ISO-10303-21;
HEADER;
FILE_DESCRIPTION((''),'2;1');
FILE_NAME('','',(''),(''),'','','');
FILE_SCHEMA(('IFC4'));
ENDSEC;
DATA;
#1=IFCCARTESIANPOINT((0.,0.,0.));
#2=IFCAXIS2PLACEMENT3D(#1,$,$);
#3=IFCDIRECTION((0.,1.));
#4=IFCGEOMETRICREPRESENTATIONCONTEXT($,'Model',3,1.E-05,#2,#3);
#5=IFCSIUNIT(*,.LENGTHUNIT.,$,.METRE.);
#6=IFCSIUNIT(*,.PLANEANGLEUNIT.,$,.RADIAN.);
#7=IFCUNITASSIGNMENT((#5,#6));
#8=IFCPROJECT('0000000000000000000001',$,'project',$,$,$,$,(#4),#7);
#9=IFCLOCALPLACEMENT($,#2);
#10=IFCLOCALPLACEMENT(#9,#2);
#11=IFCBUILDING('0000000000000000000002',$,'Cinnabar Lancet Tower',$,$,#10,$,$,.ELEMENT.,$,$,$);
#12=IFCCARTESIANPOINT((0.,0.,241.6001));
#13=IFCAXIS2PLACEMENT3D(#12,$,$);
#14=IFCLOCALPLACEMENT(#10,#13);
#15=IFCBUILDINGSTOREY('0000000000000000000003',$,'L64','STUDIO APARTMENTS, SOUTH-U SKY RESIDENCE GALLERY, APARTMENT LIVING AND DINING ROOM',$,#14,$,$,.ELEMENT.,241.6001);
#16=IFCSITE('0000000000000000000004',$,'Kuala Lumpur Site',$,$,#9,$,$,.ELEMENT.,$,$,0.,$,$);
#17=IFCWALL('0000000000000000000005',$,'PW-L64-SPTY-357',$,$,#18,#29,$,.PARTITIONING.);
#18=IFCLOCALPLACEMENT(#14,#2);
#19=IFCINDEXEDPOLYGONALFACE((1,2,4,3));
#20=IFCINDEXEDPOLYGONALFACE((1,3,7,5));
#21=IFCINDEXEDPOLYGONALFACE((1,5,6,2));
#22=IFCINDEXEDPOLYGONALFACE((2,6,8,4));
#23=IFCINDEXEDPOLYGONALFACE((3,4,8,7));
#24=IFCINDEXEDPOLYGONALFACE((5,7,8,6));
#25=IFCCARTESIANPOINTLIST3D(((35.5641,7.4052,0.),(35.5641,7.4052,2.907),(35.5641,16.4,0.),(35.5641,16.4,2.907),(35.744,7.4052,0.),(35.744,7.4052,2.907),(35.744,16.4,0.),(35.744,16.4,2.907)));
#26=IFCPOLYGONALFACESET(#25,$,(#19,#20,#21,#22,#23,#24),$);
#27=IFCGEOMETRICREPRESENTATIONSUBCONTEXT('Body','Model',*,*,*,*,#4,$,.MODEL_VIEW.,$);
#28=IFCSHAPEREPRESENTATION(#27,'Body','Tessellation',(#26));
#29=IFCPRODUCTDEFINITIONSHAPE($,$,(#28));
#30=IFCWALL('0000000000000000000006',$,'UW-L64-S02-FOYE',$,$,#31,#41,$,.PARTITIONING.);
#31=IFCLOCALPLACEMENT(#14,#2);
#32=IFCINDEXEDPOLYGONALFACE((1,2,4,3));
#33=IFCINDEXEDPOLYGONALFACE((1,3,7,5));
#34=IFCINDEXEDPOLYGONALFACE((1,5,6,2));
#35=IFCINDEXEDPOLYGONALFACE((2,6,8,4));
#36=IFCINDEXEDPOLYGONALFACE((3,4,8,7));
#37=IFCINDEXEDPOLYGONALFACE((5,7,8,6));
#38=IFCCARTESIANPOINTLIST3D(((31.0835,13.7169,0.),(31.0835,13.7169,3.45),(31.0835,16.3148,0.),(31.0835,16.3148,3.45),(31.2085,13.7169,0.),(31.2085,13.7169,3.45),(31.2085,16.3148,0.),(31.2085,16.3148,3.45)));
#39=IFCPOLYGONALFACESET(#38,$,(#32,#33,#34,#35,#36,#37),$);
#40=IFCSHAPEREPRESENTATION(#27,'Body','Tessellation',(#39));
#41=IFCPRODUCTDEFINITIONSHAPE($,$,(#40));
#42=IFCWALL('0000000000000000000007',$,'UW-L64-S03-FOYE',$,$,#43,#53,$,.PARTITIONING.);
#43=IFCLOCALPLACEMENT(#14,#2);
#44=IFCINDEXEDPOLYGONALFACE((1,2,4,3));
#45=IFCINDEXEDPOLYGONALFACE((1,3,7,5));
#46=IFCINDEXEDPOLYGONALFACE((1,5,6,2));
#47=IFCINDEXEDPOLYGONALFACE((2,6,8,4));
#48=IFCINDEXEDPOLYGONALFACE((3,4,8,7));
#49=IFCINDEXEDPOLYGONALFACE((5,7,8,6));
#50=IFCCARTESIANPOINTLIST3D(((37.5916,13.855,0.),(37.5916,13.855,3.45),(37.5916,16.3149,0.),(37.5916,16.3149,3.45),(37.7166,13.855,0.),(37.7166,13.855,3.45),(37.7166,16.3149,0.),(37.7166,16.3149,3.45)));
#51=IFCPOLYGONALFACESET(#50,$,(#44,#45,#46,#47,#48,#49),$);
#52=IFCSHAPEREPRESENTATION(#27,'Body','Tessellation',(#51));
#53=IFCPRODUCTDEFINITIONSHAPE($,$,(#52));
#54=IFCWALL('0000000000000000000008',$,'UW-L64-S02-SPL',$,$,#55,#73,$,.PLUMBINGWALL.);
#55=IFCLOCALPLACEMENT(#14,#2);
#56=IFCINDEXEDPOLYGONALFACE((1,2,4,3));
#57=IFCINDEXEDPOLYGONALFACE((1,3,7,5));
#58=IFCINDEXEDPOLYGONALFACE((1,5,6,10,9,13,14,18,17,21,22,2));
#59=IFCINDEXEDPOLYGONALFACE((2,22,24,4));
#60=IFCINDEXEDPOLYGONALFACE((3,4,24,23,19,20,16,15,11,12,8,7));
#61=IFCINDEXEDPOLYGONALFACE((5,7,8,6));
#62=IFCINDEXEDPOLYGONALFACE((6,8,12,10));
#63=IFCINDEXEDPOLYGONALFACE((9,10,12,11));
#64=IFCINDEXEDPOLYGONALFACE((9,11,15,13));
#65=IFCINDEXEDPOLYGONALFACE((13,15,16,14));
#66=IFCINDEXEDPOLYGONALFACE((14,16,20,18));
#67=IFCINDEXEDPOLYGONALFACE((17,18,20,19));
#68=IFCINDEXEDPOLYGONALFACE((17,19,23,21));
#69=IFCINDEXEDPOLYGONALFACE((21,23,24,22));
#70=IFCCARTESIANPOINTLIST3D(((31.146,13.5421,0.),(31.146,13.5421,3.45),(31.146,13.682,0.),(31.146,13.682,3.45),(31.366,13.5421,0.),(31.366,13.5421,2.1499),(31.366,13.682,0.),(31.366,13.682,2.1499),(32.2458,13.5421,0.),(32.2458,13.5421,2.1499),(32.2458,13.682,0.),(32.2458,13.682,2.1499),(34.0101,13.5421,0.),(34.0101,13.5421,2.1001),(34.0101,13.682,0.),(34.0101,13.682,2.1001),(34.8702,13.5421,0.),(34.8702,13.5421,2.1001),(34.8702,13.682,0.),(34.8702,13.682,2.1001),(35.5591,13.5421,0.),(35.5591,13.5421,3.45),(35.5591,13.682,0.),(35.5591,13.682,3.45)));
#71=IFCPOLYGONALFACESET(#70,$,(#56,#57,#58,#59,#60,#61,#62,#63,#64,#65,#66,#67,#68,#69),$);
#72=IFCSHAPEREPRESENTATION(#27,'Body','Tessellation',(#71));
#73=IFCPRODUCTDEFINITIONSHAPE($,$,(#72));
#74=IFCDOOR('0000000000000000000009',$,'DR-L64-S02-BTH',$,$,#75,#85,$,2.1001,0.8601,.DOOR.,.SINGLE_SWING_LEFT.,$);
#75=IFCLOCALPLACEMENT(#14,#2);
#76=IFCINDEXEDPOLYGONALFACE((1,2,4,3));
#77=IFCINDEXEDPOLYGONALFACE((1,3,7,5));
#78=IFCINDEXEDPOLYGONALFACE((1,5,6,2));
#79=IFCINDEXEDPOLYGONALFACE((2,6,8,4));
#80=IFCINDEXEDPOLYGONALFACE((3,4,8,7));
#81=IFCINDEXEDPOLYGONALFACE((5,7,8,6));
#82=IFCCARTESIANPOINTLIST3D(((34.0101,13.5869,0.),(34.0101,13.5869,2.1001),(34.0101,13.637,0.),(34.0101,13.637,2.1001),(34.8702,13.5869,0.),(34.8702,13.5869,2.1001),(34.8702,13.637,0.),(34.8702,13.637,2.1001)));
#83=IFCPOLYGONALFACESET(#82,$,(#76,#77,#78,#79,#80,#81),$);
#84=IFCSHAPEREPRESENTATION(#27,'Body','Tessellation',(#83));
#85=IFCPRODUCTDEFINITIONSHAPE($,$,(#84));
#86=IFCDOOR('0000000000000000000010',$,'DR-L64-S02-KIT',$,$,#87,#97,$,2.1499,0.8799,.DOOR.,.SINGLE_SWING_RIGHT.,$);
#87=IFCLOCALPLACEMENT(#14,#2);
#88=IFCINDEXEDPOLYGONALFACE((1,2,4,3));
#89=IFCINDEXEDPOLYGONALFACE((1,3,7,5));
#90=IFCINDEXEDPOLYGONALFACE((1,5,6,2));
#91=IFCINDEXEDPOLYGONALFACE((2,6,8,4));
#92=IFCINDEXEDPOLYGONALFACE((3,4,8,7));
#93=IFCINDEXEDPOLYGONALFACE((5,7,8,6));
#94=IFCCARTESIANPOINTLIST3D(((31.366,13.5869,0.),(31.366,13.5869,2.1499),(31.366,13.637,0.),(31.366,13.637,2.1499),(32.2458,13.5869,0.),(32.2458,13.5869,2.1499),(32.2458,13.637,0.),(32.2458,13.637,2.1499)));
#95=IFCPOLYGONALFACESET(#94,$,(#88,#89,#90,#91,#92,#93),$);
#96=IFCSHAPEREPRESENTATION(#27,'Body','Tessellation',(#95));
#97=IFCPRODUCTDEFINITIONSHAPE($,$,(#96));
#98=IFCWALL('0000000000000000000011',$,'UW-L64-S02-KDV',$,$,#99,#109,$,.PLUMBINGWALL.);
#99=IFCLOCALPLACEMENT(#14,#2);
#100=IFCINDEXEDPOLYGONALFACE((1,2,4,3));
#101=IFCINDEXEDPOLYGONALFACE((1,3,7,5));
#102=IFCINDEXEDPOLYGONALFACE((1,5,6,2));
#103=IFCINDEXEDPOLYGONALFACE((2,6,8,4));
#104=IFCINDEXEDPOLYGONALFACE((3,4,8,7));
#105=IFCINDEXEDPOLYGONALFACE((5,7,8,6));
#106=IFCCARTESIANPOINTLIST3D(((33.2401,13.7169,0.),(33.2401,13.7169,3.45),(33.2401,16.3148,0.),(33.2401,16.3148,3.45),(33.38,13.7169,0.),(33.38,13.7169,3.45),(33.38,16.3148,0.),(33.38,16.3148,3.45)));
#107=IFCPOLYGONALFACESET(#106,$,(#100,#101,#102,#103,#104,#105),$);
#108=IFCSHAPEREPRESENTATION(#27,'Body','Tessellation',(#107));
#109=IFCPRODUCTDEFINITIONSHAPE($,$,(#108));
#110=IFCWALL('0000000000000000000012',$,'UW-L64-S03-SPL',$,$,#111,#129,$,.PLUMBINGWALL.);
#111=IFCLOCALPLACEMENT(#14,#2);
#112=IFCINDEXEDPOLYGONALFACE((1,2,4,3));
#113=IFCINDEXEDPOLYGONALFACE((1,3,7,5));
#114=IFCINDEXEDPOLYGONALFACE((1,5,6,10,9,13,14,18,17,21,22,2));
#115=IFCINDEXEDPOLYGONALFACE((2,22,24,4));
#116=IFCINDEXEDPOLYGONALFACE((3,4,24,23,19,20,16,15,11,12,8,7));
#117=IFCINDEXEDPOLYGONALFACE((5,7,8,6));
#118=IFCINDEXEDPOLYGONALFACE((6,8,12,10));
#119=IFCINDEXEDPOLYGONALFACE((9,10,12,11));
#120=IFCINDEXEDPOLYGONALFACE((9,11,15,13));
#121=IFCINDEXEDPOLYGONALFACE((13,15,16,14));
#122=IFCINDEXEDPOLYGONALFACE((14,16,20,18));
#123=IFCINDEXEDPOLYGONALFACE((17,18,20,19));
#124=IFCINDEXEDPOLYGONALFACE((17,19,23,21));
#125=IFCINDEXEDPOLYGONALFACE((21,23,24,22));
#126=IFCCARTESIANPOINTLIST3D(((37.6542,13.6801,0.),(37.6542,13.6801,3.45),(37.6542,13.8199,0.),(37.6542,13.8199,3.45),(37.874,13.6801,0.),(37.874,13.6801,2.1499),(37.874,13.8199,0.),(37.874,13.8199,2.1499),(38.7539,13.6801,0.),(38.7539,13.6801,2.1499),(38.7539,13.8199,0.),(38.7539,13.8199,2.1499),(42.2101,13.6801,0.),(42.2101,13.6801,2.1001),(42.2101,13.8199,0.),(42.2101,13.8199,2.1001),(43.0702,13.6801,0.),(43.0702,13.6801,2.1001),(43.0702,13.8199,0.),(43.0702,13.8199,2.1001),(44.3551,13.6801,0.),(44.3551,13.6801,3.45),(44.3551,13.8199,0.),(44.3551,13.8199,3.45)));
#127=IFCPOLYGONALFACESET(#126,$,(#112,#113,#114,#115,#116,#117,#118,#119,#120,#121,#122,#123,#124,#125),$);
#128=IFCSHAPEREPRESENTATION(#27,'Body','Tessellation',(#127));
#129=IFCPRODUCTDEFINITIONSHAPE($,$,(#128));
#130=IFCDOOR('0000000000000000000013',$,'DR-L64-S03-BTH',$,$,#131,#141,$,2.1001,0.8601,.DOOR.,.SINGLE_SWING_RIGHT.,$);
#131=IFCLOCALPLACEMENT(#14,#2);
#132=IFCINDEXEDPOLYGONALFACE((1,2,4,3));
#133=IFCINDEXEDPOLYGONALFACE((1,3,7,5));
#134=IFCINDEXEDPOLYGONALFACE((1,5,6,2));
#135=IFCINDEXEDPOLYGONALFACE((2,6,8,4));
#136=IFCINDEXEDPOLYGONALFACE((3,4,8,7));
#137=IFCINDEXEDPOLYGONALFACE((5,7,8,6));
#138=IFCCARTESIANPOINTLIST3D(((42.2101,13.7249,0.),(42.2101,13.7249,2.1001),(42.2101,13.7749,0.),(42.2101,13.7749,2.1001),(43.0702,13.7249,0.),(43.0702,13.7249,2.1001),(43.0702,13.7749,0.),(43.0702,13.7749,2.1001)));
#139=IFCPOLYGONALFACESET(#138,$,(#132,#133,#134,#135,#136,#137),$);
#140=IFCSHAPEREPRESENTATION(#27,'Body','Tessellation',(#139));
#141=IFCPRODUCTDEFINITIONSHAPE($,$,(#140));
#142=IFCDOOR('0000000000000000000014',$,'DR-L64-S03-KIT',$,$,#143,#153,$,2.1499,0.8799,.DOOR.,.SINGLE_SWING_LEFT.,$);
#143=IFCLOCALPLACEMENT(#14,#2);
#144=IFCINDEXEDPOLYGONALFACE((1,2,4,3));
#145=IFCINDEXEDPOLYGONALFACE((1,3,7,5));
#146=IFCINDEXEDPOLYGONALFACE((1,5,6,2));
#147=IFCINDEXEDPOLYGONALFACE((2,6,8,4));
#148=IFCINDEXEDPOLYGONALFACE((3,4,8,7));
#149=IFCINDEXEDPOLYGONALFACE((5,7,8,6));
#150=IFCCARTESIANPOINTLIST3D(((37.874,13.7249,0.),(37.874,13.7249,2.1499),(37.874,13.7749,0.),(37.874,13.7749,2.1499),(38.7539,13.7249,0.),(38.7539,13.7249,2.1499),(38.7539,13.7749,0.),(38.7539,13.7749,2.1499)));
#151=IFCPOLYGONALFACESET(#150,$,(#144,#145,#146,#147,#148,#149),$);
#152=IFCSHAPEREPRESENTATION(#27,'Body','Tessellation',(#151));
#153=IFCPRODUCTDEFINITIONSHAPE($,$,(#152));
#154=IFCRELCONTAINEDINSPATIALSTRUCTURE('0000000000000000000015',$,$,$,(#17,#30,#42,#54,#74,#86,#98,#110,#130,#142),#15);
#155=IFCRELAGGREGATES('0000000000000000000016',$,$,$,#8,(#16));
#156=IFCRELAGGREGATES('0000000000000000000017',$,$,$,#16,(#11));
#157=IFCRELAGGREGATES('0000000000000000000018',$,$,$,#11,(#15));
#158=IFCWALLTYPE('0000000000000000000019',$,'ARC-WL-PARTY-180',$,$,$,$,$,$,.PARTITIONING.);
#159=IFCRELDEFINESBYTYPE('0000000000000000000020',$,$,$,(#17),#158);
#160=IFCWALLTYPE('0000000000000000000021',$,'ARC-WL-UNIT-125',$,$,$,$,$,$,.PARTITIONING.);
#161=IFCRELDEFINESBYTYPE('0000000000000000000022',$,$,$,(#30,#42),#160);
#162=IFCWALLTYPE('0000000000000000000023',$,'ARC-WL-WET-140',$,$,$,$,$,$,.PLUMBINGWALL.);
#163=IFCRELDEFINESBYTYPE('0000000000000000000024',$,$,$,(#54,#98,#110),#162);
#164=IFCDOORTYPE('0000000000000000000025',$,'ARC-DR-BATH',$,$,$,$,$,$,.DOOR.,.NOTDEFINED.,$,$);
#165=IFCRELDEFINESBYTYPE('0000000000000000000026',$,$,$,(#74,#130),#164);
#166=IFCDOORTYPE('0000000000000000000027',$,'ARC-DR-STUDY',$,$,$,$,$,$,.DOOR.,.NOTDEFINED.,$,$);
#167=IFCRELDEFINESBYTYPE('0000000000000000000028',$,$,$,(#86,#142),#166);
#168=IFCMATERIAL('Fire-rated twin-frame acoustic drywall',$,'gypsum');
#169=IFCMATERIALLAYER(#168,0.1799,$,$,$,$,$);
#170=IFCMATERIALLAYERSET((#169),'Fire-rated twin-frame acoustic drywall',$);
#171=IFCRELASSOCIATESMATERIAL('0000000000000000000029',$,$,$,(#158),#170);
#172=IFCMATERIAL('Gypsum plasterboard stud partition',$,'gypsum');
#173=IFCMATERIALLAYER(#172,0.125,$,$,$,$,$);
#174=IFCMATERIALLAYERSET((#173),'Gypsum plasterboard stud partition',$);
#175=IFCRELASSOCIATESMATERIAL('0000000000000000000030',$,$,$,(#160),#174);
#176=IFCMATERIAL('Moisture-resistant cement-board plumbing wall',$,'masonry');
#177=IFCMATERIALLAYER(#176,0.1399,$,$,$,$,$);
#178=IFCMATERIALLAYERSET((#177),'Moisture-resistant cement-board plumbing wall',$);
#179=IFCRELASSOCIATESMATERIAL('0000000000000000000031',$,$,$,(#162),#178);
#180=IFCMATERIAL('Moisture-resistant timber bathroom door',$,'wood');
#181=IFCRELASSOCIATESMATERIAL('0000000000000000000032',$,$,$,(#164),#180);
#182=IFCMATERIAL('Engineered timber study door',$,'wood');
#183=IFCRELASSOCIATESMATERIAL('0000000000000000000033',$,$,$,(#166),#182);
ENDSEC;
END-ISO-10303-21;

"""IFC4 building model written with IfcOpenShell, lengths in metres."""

from ifc_helpers import new_model, si_unit, direction, frame, frame_2d, origin, place, context, subcontext, project, spatial, rectangle, extrude, material, layer, layer_set, type_object, element, fill, save


model = new_model("IFC4")

# Units and contexts
model_context = context("Model", 3, precision=1e-05, world=origin(), true_north=direction((0.0, 1.0)))
body_context = subcontext(model_context, "Body", "Model", "MODEL_VIEW")
ifc_project = project(units=[si_unit("LENGTHUNIT", "METRE"), si_unit("PLANEANGLEUNIT", "RADIAN")], contexts=[model_context])

# Site, building, storey
site_placement = place(None, origin())
site = spatial("IfcSite", under=ifc_project, at=site_placement, Name="Kuala Lumpur Site", CompositionType="ELEMENT", RefElevation=0.0)
building_placement = place(site_placement, origin())
building = spatial("IfcBuilding", under=site, at=building_placement, Name="Cinnabar Lancet Tower", CompositionType="ELEMENT")
storey_placement = place(building_placement, frame((0.0, 0.0, 241.6001)))
storey = spatial("IfcBuildingStorey", under=building, at=storey_placement, Name="L64", Description="STUDIO APARTMENTS, SOUTH-U SKY RESIDENCE GALLERY, APARTMENT LIVING AND DINING ROOM", CompositionType="ELEMENT", Elevation=241.6001)

# Walls
ifc_material_1 = material(Name="Fire-rated twin-frame acoustic drywall", Category="gypsum")
ifc_layer_1 = layer(ifc_material_1, 0.1799)
ifc_layer_set_1 = layer_set([ifc_layer_1], Name="Fire-rated twin-frame acoustic drywall")
wall_type_1 = type_object("IfcWallType", Name="ARC-WL-PARTY-180", PredefinedType="PARTITIONING", material=ifc_layer_set_1)
wall_1_placement = place(storey_placement, frame((35.6541, 7.405, 0.0), z_axis=(0.0, 0.0, 1.0), x_axis=(0.0, 1.0, 0.0)))
element("IfcWall", 1, at=wall_1_placement, inside=storey, type_object=wall_type_1, Name="PW-L64-SPTY-357", PredefinedType="PARTITIONING", context=body_context, shape_type="SweptSolid", body=[
    extrude(rectangle(XDim=8.9949, YDim=0.1799, at=frame_2d((4.4976, 0.0))), origin(), (0.0, 0.0, 1.0), 2.907),
])
ifc_material_2 = material(Name="Gypsum plasterboard stud partition", Category="gypsum")
ifc_layer_2 = layer(ifc_material_2, 0.125)
ifc_layer_set_2 = layer_set([ifc_layer_2], Name="Gypsum plasterboard stud partition")
wall_type_2 = type_object("IfcWallType", Name="ARC-WL-UNIT-125", PredefinedType="PARTITIONING", material=ifc_layer_set_2)
wall_2_placement = place(storey_placement, frame((31.146, 13.717, 0.0), z_axis=(0.0, 0.0, 1.0), x_axis=(0.0, 1.0, 0.0)))
element("IfcWall", 2, at=wall_2_placement, inside=storey, type_object=wall_type_2, Name="UW-L64-S02-FOYE", PredefinedType="PARTITIONING", context=body_context, shape_type="SweptSolid", body=[
    extrude(rectangle(XDim=2.5979, YDim=0.125, at=frame_2d((1.2988, 0.0))), origin(), (0.0, 0.0, 1.0), 3.45),
])
wall_3_placement = place(storey_placement, frame((37.6541, 13.855, 0.0), z_axis=(0.0, 0.0, 1.0), x_axis=(0.0, 1.0, 0.0)))
element("IfcWall", 3, at=wall_3_placement, inside=storey, type_object=wall_type_2, Name="UW-L64-S03-FOYE", PredefinedType="PARTITIONING", context=body_context, shape_type="SweptSolid", body=[
    extrude(rectangle(XDim=2.46, YDim=0.125, at=frame_2d((1.23, 0.0))), origin(), (0.0, 0.0, 1.0), 3.45),
])

# Wall, openings, doors
ifc_material_3 = material(Name="Moisture-resistant cement-board plumbing wall", Category="masonry")
ifc_layer_3 = layer(ifc_material_3, 0.1399)
ifc_layer_set_3 = layer_set([ifc_layer_3], Name="Moisture-resistant cement-board plumbing wall")
wall_type_3 = type_object("IfcWallType", Name="ARC-WL-WET-140", PredefinedType="PLUMBINGWALL", material=ifc_layer_set_3)
wall_4_placement = place(storey_placement, frame((31.146, 13.6121, 0.0), z_axis=(0.0, 0.0, 1.0), x_axis=(1.0, 0.0, 0.0)))
wall_4 = element("IfcWall", 4, at=wall_4_placement, inside=storey, type_object=wall_type_3, Name="UW-L64-S02-SPL", PredefinedType="PLUMBINGWALL", context=body_context, shape_type="SweptSolid", body=[
    extrude(rectangle(XDim=4.4131, YDim=0.1399, at=frame_2d((2.2065, 0.0))), origin(), (0.0, 0.0, 1.0), 3.45),
])
opening_1_placement = place(wall_4_placement, frame((2.864, 0.0, 0.0)))
opening_1 = element("IfcOpeningElement", 5, at=opening_1_placement, cuts=wall_4, PredefinedType="OPENING", context=body_context, shape_type="SweptSolid", body=[
    extrude(rectangle(XDim=0.8601, YDim=2.1001, at=frame_2d((0.4302, 1.05))), frame((0.0, 0.0798, 0.0), z_axis=(0.0, -1.0, 0.0), x_axis=(1.0, 0.0, 0.0)), (0.0, 0.0, 1.0), 0.1599),
])
opening_2_placement = place(wall_4_placement, frame((0.22, 0.0, 0.0)))
opening_2 = element("IfcOpeningElement", 6, at=opening_2_placement, cuts=wall_4, PredefinedType="OPENING", context=body_context, shape_type="SweptSolid", body=[
    extrude(rectangle(XDim=0.8799, YDim=2.1499, at=frame_2d((0.4399, 1.075))), frame((0.0, 0.0798, 0.0), z_axis=(0.0, -1.0, 0.0), x_axis=(1.0, 0.0, 0.0)), (0.0, 0.0, 1.0), 0.1599),
])
ifc_material_4 = material(Name="Moisture-resistant timber bathroom door", Category="wood")
door_type_1 = type_object("IfcDoorType", Name="ARC-DR-BATH", OperationType="NOTDEFINED", PredefinedType="DOOR", material=ifc_material_4)
door_1_placement = place(opening_1_placement, origin())
door_1 = element("IfcDoor", 7, at=door_1_placement, inside=storey, type_object=door_type_1, Name="DR-L64-S02-BTH", OperationType="SINGLE_SWING_LEFT", OverallHeight=2.1001, OverallWidth=0.8601, PredefinedType="DOOR", context=body_context, shape_type="SweptSolid", body=[
    extrude(rectangle(XDim=0.8601, YDim=2.1001, at=frame_2d((0.4302, 1.05))), frame((0.0, 0.0249, 0.0), z_axis=(0.0, -1.0, 0.0), x_axis=(1.0, 0.0, 0.0)), (0.0, 0.0, 1.0), 0.05),
])
fill(opening_1, door_1)
ifc_material_5 = material(Name="Engineered timber study door", Category="wood")
door_type_2 = type_object("IfcDoorType", Name="ARC-DR-STUDY", OperationType="NOTDEFINED", PredefinedType="DOOR", material=ifc_material_5)
door_2_placement = place(opening_2_placement, origin())
door_2 = element("IfcDoor", 8, at=door_2_placement, inside=storey, type_object=door_type_2, Name="DR-L64-S02-KIT", OperationType="SINGLE_SWING_RIGHT", OverallHeight=2.1499, OverallWidth=0.8799, PredefinedType="DOOR", context=body_context, shape_type="SweptSolid", body=[
    extrude(rectangle(XDim=0.8799, YDim=2.1499, at=frame_2d((0.4399, 1.075))), frame((0.0, 0.0249, 0.0), z_axis=(0.0, -1.0, 0.0), x_axis=(1.0, 0.0, 0.0)), (0.0, 0.0, 1.0), 0.05),
])
fill(opening_2, door_2)

# Wall
wall_5_placement = place(storey_placement, frame((33.3101, 13.717, 0.0), z_axis=(0.0, 0.0, 1.0), x_axis=(0.0, 1.0, 0.0)))
element("IfcWall", 9, at=wall_5_placement, inside=storey, type_object=wall_type_3, Name="UW-L64-S02-KDV", PredefinedType="PLUMBINGWALL", context=body_context, shape_type="SweptSolid", body=[
    extrude(rectangle(XDim=2.5979, YDim=0.1399, at=frame_2d((1.2988, 0.0))), origin(), (0.0, 0.0, 1.0), 3.45),
])

# Wall, openings, doors
wall_6_placement = place(storey_placement, frame((37.6541, 13.75, 0.0), z_axis=(0.0, 0.0, 1.0), x_axis=(1.0, 0.0, 0.0)))
wall_6 = element("IfcWall", 10, at=wall_6_placement, inside=storey, type_object=wall_type_3, Name="UW-L64-S03-SPL", PredefinedType="PLUMBINGWALL", context=body_context, shape_type="SweptSolid", body=[
    extrude(rectangle(XDim=6.7009, YDim=0.1399, at=frame_2d((3.3506, 0.0))), origin(), (0.0, 0.0, 1.0), 3.45),
])
opening_3_placement = place(wall_6_placement, frame((4.5559, 0.0, 0.0)))
opening_3 = element("IfcOpeningElement", 11, at=opening_3_placement, cuts=wall_6, PredefinedType="OPENING", context=body_context, shape_type="SweptSolid", body=[
    extrude(rectangle(XDim=0.8601, YDim=2.1001, at=frame_2d((0.4302, 1.05))), frame((0.0, 0.0798, 0.0), z_axis=(0.0, -1.0, 0.0), x_axis=(1.0, 0.0, 0.0)), (0.0, 0.0, 1.0), 0.1599),
])
opening_4_placement = place(wall_6_placement, frame((0.22, 0.0, 0.0)))
opening_4 = element("IfcOpeningElement", 12, at=opening_4_placement, cuts=wall_6, PredefinedType="OPENING", context=body_context, shape_type="SweptSolid", body=[
    extrude(rectangle(XDim=0.8799, YDim=2.1499, at=frame_2d((0.4399, 1.075))), frame((0.0, 0.0798, 0.0), z_axis=(0.0, -1.0, 0.0), x_axis=(1.0, 0.0, 0.0)), (0.0, 0.0, 1.0), 0.1599),
])
door_3_placement = place(opening_3_placement, origin())
door_3 = element("IfcDoor", 13, at=door_3_placement, inside=storey, type_object=door_type_1, Name="DR-L64-S03-BTH", OperationType="SINGLE_SWING_RIGHT", OverallHeight=2.1001, OverallWidth=0.8601, PredefinedType="DOOR", context=body_context, shape_type="SweptSolid", body=[
    extrude(rectangle(XDim=0.8601, YDim=2.1001, at=frame_2d((0.4302, 1.05))), frame((0.0, 0.0249, 0.0), z_axis=(0.0, -1.0, 0.0), x_axis=(1.0, 0.0, 0.0)), (0.0, 0.0, 1.0), 0.05),
])
fill(opening_3, door_3)
door_4_placement = place(opening_4_placement, origin())
door_4 = element("IfcDoor", 14, at=door_4_placement, inside=storey, type_object=door_type_2, Name="DR-L64-S03-KIT", OperationType="SINGLE_SWING_LEFT", OverallHeight=2.1499, OverallWidth=0.8799, PredefinedType="DOOR", context=body_context, shape_type="SweptSolid", body=[
    extrude(rectangle(XDim=0.8799, YDim=2.1499, at=frame_2d((0.4399, 1.075))), frame((0.0, 0.0249, 0.0), z_axis=(0.0, -1.0, 0.0), x_axis=(1.0, 0.0, 0.0)), (0.0, 0.0, 1.0), 0.05),
])
fill(opening_4, door_4)

save(model, "model.ifc")
